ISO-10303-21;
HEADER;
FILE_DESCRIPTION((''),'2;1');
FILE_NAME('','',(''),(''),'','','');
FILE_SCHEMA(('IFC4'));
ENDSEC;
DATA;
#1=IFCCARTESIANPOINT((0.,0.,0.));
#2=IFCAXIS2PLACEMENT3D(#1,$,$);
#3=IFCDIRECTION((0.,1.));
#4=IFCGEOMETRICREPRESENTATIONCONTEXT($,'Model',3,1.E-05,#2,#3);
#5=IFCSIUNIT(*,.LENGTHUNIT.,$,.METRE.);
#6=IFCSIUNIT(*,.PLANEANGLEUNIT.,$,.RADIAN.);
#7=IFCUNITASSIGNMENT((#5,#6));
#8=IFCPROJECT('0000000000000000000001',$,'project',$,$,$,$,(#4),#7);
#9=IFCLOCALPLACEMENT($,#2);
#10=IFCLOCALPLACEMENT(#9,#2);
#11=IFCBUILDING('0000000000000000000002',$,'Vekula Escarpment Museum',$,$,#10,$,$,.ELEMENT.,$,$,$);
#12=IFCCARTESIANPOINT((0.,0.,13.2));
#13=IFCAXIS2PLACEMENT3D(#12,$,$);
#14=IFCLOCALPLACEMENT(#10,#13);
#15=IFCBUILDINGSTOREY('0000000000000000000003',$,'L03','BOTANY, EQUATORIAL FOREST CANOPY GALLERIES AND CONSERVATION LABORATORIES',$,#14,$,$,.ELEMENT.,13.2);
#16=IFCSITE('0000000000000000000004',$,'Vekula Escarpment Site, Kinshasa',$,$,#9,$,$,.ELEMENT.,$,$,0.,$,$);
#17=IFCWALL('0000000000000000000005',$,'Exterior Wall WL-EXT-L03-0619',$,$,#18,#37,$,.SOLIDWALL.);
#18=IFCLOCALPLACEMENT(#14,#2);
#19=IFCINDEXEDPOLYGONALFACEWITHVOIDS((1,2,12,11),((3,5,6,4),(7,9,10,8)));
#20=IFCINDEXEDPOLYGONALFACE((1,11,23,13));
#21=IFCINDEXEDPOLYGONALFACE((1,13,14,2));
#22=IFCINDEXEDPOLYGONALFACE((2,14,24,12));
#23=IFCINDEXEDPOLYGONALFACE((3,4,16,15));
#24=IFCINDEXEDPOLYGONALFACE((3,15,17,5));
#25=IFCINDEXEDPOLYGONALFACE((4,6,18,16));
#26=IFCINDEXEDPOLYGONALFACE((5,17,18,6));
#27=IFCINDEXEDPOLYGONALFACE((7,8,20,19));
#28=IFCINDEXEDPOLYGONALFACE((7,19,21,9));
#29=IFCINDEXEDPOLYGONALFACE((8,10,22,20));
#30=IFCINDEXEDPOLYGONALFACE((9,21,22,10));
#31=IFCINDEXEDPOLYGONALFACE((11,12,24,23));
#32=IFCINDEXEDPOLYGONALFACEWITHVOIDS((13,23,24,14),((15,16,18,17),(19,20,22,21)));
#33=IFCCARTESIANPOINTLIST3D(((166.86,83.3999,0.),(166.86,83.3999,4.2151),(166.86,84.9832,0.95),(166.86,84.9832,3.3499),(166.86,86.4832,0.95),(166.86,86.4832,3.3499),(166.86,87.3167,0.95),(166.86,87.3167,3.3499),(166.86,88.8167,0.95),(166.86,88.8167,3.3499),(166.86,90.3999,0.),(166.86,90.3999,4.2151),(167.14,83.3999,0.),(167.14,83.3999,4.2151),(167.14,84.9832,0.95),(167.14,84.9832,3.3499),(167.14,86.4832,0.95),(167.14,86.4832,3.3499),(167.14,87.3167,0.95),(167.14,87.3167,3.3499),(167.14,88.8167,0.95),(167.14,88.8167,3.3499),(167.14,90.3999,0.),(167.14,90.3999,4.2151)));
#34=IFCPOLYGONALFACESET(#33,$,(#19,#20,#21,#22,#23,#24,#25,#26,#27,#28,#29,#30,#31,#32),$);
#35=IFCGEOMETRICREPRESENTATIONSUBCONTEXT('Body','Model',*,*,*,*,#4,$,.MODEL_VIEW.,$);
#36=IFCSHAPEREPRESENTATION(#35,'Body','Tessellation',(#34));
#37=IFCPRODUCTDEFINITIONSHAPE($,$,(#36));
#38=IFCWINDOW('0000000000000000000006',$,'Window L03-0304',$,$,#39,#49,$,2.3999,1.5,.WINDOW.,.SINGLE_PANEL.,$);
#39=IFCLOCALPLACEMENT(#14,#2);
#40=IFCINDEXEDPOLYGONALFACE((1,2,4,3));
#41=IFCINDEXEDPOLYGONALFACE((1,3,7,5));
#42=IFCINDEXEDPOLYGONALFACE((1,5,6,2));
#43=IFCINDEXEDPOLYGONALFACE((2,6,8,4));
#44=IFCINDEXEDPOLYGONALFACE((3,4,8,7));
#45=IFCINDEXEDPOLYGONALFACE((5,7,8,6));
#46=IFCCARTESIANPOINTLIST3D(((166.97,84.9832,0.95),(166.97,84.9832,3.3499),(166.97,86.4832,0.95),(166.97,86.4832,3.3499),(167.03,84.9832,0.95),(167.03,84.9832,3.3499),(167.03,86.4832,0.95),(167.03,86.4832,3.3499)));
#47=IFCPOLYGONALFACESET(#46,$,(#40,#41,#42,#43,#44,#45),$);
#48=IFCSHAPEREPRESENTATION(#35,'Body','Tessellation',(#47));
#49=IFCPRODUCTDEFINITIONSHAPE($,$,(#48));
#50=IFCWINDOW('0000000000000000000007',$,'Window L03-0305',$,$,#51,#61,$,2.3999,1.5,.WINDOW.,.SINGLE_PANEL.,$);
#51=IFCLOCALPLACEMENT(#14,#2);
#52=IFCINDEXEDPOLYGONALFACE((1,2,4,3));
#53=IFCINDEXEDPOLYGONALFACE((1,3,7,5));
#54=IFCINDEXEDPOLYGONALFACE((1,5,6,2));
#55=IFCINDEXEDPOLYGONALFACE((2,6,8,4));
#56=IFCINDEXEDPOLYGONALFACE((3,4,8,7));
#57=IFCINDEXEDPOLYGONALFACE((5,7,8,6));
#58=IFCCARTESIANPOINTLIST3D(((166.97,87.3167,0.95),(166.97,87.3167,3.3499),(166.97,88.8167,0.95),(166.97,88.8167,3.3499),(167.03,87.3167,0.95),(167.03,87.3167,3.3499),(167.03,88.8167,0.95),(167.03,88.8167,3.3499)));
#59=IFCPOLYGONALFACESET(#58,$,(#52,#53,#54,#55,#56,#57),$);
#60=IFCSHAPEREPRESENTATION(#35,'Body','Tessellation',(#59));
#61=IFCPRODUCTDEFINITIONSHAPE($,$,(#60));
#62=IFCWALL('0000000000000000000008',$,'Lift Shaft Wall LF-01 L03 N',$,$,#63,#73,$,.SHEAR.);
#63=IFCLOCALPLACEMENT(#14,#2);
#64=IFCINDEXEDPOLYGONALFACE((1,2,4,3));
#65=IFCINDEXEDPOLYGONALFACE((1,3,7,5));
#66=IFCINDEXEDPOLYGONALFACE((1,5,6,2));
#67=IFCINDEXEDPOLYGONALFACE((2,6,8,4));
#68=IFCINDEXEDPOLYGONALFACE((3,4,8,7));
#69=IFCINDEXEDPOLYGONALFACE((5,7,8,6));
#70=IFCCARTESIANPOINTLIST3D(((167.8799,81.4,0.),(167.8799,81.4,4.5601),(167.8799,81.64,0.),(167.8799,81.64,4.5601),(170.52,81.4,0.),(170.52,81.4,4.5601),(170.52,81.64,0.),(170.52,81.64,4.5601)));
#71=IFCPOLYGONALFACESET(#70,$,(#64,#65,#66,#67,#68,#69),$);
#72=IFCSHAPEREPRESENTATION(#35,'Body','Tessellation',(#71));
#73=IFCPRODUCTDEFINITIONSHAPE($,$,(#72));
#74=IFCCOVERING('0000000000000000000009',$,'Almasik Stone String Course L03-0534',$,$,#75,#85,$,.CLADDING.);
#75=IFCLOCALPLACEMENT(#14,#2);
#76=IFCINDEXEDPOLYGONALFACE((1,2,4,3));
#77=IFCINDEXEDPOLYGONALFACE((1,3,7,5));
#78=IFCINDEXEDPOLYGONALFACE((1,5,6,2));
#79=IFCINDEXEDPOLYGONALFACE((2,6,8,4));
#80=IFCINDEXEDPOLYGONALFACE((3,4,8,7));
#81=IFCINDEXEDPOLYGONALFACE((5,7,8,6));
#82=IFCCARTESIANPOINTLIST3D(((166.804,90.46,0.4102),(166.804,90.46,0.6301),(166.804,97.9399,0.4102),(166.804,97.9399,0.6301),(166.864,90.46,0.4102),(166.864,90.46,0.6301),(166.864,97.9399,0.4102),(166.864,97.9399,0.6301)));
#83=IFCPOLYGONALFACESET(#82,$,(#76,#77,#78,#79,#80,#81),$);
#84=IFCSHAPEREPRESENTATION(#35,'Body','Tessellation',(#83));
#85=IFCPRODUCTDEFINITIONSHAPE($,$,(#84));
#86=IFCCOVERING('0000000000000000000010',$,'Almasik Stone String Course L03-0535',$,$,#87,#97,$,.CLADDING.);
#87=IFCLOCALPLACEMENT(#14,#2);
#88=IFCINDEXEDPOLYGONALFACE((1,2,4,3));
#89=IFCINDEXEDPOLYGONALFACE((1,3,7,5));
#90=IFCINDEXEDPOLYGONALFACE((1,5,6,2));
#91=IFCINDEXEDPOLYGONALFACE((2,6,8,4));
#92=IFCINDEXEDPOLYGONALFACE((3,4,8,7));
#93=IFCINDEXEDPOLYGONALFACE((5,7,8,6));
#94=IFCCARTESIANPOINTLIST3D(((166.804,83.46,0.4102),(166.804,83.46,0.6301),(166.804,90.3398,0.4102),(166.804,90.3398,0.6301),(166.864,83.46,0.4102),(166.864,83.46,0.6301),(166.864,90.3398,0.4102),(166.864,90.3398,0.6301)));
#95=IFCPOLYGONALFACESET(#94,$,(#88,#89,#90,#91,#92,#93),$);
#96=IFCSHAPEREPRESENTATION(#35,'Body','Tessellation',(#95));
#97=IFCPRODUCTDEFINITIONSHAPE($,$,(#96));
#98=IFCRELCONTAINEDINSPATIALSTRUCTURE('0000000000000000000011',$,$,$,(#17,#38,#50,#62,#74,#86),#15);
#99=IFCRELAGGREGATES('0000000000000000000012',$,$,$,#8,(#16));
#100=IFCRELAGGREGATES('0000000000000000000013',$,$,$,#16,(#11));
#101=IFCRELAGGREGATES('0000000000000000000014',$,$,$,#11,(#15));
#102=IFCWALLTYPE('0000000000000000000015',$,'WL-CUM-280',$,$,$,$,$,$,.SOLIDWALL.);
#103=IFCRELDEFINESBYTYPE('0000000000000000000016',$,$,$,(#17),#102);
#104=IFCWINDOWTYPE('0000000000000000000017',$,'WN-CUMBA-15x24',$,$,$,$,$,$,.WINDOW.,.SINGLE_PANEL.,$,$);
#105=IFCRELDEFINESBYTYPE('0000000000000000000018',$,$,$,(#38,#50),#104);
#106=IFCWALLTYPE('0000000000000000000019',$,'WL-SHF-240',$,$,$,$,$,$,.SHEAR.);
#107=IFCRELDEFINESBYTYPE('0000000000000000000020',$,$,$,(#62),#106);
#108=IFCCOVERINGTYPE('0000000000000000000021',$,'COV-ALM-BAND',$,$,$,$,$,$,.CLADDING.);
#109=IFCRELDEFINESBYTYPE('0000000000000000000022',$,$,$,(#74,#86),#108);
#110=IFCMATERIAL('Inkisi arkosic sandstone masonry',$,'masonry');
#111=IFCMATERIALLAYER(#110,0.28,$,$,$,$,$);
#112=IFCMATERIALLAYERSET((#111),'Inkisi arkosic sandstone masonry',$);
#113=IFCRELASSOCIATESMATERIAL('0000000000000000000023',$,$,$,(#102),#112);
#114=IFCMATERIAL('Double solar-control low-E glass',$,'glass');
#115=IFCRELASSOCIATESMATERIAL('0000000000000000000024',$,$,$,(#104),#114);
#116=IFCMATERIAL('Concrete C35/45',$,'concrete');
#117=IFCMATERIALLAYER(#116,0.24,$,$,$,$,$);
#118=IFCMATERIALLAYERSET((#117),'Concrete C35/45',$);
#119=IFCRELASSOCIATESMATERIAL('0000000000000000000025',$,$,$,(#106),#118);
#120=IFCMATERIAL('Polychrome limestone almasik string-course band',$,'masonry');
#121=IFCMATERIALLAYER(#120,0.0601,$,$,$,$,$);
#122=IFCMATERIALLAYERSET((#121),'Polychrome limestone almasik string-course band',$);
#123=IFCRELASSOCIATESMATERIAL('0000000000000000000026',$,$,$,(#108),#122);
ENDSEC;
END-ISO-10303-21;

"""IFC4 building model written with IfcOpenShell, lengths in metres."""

from ifc_helpers import new_model, si_unit, direction, frame, frame_2d, origin, origin_2d, place, context, subcontext, project, spatial, rectangle, extrude, material, layer, layer_set, type_object, element, fill, save


model = new_model("IFC4")

# Units and contexts
model_context = context("Model", 3, precision=1e-05, world=origin(), true_north=direction((0.0, 1.0)))
body_context = subcontext(model_context, "Body", "Model", "MODEL_VIEW")
ifc_project = project(units=[si_unit("LENGTHUNIT", "METRE"), si_unit("PLANEANGLEUNIT", "RADIAN")], contexts=[model_context])

# Site, building, storey
site_placement = place(None, origin())
site = spatial("IfcSite", under=ifc_project, at=site_placement, Name="Vekula Escarpment Site, Kinshasa", CompositionType="ELEMENT", RefElevation=0.0)
building_placement = place(site_placement, origin())
building = spatial("IfcBuilding", under=site, at=building_placement, Name="Vekula Escarpment Museum", CompositionType="ELEMENT")
storey_placement = place(building_placement, frame((0.0, 0.0, 13.2)))
storey = spatial("IfcBuildingStorey", under=building, at=storey_placement, Name="L03", Description="BOTANY, EQUATORIAL FOREST CANOPY GALLERIES AND CONSERVATION LABORATORIES", CompositionType="ELEMENT", Elevation=13.2)

# Wall, openings, windows
ifc_material_1 = material(Name="Inkisi arkosic sandstone masonry", Category="masonry")
ifc_layer_1 = layer(ifc_material_1, 0.28)
ifc_layer_set_1 = layer_set([ifc_layer_1], Name="Inkisi arkosic sandstone masonry")
wall_type_1 = type_object("IfcWallType", Name="WL-CUM-280", PredefinedType="SOLIDWALL", material=ifc_layer_set_1)
wall_1_placement = place(storey_placement, frame((167.0, 83.3999, 0.0), z_axis=(0.0, 0.0, 1.0), x_axis=(0.0, 1.0, 0.0)))
wall_1 = element("IfcWall", 1, at=wall_1_placement, inside=storey, type_object=wall_type_1, Name="Exterior Wall WL-EXT-L03-0619", PredefinedType="SOLIDWALL", context=body_context, shape_type="SweptSolid", body=[
    extrude(rectangle(XDim=7.0, YDim=0.28, at=frame_2d((3.5, 0.0))), origin(), (0.0, 0.0, 1.0), 4.2151),
])
opening_1_placement = place(wall_1_placement, frame((1.5833, 0.0, 0.95)))
opening_1 = element("IfcOpeningElement", 2, at=opening_1_placement, cuts=wall_1, PredefinedType="OPENING", context=body_context, shape_type="SweptSolid", body=[
    extrude(rectangle(XDim=1.5, YDim=2.3999, at=frame_2d((0.75, 1.2))), frame((0.0, 0.1499, 0.0), z_axis=(0.0, -1.0, 0.0), x_axis=(1.0, 0.0, 0.0)), (0.0, 0.0, 1.0), 0.3),
])
opening_2_placement = place(wall_1_placement, frame((3.9167, 0.0, 0.95)))
opening_2 = element("IfcOpeningElement", 3, at=opening_2_placement, cuts=wall_1, PredefinedType="OPENING", context=body_context, shape_type="SweptSolid", body=[
    extrude(rectangle(XDim=1.5, YDim=2.3999, at=frame_2d((0.75, 1.2))), frame((0.0, 0.1499, 0.0), z_axis=(0.0, -1.0, 0.0), x_axis=(1.0, 0.0, 0.0)), (0.0, 0.0, 1.0), 0.3),
])
ifc_material_2 = material(Name="Double solar-control low-E glass", Category="glass")
window_type_1 = type_object("IfcWindowType", Name="WN-CUMBA-15x24", PartitioningType="SINGLE_PANEL", PredefinedType="WINDOW", material=ifc_material_2)
window_1_placement = place(opening_1_placement, origin())
window_1 = element("IfcWindow", 4, at=window_1_placement, inside=storey, type_object=window_type_1, Name="Window L03-0304", OverallHeight=2.3999, OverallWidth=1.5, PartitioningType="SINGLE_PANEL", PredefinedType="WINDOW", context=body_context, shape_type="SweptSolid", body=[
    extrude(rectangle(XDim=1.5, YDim=2.3999, at=frame_2d((0.75, 1.2))), frame((0.0, 0.03, 0.0), z_axis=(0.0, -1.0, 0.0), x_axis=(1.0, 0.0, 0.0)), (0.0, 0.0, 1.0), 0.0601),
])
fill(opening_1, window_1)
window_2_placement = place(opening_2_placement, origin())
window_2 = element("IfcWindow", 5, at=window_2_placement, inside=storey, type_object=window_type_1, Name="Window L03-0305", OverallHeight=2.3999, OverallWidth=1.5, PartitioningType="SINGLE_PANEL", PredefinedType="WINDOW", context=body_context, shape_type="SweptSolid", body=[
    extrude(rectangle(XDim=1.5, YDim=2.3999, at=frame_2d((0.75, 1.2))), frame((0.0, 0.03, 0.0), z_axis=(0.0, -1.0, 0.0), x_axis=(1.0, 0.0, 0.0)), (0.0, 0.0, 1.0), 0.0601),
])
fill(opening_2, window_2)

# Wall
ifc_material_3 = material(Name="Concrete C35/45", Category="concrete")
ifc_layer_2 = layer(ifc_material_3, 0.24)
ifc_layer_set_2 = layer_set([ifc_layer_2], Name="Concrete C35/45")
wall_type_2 = type_object("IfcWallType", Name="WL-SHF-240", PredefinedType="SHEAR", material=ifc_layer_set_2)
wall_2_placement = place(storey_placement, frame((167.8799, 81.52, 0.0), z_axis=(0.0, 0.0, 1.0), x_axis=(1.0, 0.0, 0.0)))
element("IfcWall", 6, at=wall_2_placement, inside=storey, type_object=wall_type_2, Name="Lift Shaft Wall LF-01 L03 N", PredefinedType="SHEAR", context=body_context, shape_type="SweptSolid", body=[
    extrude(rectangle(XDim=2.6401, YDim=0.24, at=frame_2d((1.3201, 0.0))), origin(), (0.0, 0.0, 1.0), 4.5601),
])

# Coverings
ifc_material_4 = material(Name="Polychrome limestone almasik string-course band", Category="masonry")
ifc_layer_3 = layer(ifc_material_4, 0.0601)
ifc_layer_set_3 = layer_set([ifc_layer_3], Name="Polychrome limestone almasik string-course band")
covering_type = type_object("IfcCoveringType", Name="COV-ALM-BAND", PredefinedType="CLADDING", material=ifc_layer_set_3)
covering_1_placement = place(storey_placement, frame((166.834, 94.2, 0.4102), z_axis=(0.0, 0.0, 1.0), x_axis=(0.0, 1.0, 0.0)))
element("IfcCovering", 7, at=covering_1_placement, inside=storey, type_object=covering_type, Name="Almasik Stone String Course L03-0534", PredefinedType="CLADDING", context=body_context, shape_type="SweptSolid", body=[
    extrude(rectangle(XDim=7.48, YDim=0.0601, at=origin_2d()), origin(), (0.0, 0.0, 1.0), 0.22),
])
covering_2_placement = place(storey_placement, frame((166.834, 86.8999, 0.4102), z_axis=(0.0, 0.0, 1.0), x_axis=(0.0, 1.0, 0.0)))
element("IfcCovering", 8, at=covering_2_placement, inside=storey, type_object=covering_type, Name="Almasik Stone String Course L03-0535", PredefinedType="CLADDING", context=body_context, shape_type="SweptSolid", body=[
    extrude(rectangle(XDim=6.8799, YDim=0.0601, at=origin_2d()), origin(), (0.0, 0.0, 1.0), 0.22),
])

save(model, "model.ifc")
